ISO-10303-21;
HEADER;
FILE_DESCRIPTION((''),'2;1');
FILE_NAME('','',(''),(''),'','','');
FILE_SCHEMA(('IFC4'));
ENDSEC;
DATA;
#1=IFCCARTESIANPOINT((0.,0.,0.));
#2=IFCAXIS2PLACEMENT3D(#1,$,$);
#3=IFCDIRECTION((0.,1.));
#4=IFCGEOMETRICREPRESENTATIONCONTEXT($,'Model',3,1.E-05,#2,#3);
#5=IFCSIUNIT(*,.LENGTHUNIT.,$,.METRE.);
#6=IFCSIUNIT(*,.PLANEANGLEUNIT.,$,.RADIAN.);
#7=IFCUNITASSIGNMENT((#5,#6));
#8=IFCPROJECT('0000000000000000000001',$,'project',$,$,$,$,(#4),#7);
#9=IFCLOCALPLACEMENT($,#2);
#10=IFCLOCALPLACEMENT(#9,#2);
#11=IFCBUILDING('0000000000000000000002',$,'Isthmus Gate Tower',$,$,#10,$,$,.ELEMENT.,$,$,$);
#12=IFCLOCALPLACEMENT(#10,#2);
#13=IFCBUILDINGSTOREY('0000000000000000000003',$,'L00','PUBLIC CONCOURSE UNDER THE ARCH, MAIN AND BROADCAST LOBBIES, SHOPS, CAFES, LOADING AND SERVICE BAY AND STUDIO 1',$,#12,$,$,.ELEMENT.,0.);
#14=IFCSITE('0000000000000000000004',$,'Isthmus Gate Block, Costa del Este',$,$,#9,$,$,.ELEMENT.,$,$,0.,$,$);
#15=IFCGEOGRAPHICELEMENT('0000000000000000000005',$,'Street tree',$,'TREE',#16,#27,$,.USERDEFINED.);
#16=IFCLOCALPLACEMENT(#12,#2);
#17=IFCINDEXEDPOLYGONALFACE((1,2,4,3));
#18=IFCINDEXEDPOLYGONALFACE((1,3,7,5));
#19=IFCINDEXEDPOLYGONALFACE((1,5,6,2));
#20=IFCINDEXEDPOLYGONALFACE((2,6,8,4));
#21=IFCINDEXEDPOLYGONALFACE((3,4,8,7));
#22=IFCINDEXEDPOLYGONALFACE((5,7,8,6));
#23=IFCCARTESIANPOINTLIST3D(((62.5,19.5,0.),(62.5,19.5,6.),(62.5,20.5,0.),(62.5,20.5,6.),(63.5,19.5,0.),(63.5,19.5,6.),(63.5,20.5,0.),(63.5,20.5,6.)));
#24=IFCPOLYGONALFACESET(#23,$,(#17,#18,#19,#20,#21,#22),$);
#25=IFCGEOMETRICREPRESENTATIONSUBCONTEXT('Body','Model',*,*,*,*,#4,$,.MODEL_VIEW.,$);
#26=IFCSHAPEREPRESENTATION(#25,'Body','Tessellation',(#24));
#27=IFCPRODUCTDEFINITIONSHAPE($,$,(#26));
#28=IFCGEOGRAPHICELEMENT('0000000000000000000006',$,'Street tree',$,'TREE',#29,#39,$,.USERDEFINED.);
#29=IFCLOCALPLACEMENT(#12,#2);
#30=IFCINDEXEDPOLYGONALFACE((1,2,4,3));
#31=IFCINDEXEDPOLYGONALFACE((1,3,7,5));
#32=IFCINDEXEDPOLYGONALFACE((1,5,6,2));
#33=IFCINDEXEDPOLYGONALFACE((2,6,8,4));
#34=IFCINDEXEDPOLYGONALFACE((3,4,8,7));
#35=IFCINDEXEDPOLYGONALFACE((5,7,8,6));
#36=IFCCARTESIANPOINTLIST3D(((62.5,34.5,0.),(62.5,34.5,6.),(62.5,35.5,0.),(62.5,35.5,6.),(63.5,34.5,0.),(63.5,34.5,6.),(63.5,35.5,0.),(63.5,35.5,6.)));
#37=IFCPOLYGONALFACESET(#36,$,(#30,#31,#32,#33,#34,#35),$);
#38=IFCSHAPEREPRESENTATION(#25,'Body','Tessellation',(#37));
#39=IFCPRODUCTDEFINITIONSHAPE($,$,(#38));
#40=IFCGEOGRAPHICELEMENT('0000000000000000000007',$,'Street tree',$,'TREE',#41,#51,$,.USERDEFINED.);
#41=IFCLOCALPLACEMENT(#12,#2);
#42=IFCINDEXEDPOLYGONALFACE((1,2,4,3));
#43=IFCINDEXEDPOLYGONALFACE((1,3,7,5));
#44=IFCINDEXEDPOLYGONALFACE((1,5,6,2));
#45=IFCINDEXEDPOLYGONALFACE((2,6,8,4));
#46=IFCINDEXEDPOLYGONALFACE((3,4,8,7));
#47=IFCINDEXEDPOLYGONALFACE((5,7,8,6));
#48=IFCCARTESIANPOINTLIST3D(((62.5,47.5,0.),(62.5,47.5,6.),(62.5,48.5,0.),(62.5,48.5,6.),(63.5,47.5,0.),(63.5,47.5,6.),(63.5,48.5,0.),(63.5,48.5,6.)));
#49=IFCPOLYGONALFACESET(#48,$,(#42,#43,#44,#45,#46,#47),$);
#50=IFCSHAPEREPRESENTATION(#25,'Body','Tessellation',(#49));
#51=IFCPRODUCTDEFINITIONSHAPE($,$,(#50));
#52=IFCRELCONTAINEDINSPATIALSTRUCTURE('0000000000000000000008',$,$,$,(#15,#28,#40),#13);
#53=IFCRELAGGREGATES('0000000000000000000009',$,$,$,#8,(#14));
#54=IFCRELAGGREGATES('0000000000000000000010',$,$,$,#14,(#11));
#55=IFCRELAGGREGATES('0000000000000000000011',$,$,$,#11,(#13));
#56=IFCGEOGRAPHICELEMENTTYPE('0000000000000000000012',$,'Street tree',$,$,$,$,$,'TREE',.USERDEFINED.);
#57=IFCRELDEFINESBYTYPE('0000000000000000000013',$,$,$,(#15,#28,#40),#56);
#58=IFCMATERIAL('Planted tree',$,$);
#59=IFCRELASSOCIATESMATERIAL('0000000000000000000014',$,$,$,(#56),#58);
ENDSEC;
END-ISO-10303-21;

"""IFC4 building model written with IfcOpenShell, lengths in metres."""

from ifc_helpers import new_model, si_unit, direction, frame, origin, origin_2d, place, context, subcontext, project, spatial, rectangle, extrude, material, type_object, element, save


model = new_model("IFC4")

# Units and contexts
model_context = context("Model", 3, precision=1e-05, world=origin(), true_north=direction((0.0, 1.0)))
body_context = subcontext(model_context, "Body", "Model", "MODEL_VIEW")
ifc_project = project(units=[si_unit("LENGTHUNIT", "METRE"), si_unit("PLANEANGLEUNIT", "RADIAN")], contexts=[model_context])

# Site, building, storey
site_placement = place(None, origin())
site = spatial("IfcSite", under=ifc_project, at=site_placement, Name="Isthmus Gate Block, Costa del Este", CompositionType="ELEMENT", RefElevation=0.0)
building_placement = place(site_placement, origin())
building = spatial("IfcBuilding", under=site, at=building_placement, Name="Isthmus Gate Tower", CompositionType="ELEMENT")
storey_placement = place(building_placement, origin())
storey = spatial("IfcBuildingStorey", under=building, at=storey_placement, Name="L00", Description="PUBLIC CONCOURSE UNDER THE ARCH, MAIN AND BROADCAST LOBBIES, SHOPS, CAFES, LOADING AND SERVICE BAY AND STUDIO 1", CompositionType="ELEMENT", Elevation=0.0)

# Geographic elements
ifc_material_1 = material(Name="Planted tree")
geographic_element_type = type_object("IfcGeographicElementType", Name="Street tree", ElementType="TREE", PredefinedType="USERDEFINED", material=ifc_material_1)
for number, where, z_axis, x_axis, name in (
    (1, (63.0, 20.0, 0.0), (0.0, 0.0, 1.0), (1.0, 0.0, 0.0), "Street tree"),
    (2, (63.0, 35.0, 0.0), (0.0, 0.0, 1.0), (1.0, 0.0, 0.0), "Street tree"),
    (3, (63.0, 48.0, 0.0), (0.0, 0.0, 1.0), (1.0, 0.0, 0.0), "Street tree"),
):
    element("IfcGeographicElement", number, at=place(storey_placement, frame(where, z_axis=z_axis, x_axis=x_axis)), inside=storey, type_object=geographic_element_type, Name=name, ObjectType="TREE", PredefinedType="USERDEFINED", context=body_context, shape_type="SweptSolid", body=[
        extrude(rectangle(XDim=1.0, YDim=1.0, at=origin_2d()), origin(), (0.0, 0.0, 1.0), 6.0),
    ])

save(model, "model.ifc")
